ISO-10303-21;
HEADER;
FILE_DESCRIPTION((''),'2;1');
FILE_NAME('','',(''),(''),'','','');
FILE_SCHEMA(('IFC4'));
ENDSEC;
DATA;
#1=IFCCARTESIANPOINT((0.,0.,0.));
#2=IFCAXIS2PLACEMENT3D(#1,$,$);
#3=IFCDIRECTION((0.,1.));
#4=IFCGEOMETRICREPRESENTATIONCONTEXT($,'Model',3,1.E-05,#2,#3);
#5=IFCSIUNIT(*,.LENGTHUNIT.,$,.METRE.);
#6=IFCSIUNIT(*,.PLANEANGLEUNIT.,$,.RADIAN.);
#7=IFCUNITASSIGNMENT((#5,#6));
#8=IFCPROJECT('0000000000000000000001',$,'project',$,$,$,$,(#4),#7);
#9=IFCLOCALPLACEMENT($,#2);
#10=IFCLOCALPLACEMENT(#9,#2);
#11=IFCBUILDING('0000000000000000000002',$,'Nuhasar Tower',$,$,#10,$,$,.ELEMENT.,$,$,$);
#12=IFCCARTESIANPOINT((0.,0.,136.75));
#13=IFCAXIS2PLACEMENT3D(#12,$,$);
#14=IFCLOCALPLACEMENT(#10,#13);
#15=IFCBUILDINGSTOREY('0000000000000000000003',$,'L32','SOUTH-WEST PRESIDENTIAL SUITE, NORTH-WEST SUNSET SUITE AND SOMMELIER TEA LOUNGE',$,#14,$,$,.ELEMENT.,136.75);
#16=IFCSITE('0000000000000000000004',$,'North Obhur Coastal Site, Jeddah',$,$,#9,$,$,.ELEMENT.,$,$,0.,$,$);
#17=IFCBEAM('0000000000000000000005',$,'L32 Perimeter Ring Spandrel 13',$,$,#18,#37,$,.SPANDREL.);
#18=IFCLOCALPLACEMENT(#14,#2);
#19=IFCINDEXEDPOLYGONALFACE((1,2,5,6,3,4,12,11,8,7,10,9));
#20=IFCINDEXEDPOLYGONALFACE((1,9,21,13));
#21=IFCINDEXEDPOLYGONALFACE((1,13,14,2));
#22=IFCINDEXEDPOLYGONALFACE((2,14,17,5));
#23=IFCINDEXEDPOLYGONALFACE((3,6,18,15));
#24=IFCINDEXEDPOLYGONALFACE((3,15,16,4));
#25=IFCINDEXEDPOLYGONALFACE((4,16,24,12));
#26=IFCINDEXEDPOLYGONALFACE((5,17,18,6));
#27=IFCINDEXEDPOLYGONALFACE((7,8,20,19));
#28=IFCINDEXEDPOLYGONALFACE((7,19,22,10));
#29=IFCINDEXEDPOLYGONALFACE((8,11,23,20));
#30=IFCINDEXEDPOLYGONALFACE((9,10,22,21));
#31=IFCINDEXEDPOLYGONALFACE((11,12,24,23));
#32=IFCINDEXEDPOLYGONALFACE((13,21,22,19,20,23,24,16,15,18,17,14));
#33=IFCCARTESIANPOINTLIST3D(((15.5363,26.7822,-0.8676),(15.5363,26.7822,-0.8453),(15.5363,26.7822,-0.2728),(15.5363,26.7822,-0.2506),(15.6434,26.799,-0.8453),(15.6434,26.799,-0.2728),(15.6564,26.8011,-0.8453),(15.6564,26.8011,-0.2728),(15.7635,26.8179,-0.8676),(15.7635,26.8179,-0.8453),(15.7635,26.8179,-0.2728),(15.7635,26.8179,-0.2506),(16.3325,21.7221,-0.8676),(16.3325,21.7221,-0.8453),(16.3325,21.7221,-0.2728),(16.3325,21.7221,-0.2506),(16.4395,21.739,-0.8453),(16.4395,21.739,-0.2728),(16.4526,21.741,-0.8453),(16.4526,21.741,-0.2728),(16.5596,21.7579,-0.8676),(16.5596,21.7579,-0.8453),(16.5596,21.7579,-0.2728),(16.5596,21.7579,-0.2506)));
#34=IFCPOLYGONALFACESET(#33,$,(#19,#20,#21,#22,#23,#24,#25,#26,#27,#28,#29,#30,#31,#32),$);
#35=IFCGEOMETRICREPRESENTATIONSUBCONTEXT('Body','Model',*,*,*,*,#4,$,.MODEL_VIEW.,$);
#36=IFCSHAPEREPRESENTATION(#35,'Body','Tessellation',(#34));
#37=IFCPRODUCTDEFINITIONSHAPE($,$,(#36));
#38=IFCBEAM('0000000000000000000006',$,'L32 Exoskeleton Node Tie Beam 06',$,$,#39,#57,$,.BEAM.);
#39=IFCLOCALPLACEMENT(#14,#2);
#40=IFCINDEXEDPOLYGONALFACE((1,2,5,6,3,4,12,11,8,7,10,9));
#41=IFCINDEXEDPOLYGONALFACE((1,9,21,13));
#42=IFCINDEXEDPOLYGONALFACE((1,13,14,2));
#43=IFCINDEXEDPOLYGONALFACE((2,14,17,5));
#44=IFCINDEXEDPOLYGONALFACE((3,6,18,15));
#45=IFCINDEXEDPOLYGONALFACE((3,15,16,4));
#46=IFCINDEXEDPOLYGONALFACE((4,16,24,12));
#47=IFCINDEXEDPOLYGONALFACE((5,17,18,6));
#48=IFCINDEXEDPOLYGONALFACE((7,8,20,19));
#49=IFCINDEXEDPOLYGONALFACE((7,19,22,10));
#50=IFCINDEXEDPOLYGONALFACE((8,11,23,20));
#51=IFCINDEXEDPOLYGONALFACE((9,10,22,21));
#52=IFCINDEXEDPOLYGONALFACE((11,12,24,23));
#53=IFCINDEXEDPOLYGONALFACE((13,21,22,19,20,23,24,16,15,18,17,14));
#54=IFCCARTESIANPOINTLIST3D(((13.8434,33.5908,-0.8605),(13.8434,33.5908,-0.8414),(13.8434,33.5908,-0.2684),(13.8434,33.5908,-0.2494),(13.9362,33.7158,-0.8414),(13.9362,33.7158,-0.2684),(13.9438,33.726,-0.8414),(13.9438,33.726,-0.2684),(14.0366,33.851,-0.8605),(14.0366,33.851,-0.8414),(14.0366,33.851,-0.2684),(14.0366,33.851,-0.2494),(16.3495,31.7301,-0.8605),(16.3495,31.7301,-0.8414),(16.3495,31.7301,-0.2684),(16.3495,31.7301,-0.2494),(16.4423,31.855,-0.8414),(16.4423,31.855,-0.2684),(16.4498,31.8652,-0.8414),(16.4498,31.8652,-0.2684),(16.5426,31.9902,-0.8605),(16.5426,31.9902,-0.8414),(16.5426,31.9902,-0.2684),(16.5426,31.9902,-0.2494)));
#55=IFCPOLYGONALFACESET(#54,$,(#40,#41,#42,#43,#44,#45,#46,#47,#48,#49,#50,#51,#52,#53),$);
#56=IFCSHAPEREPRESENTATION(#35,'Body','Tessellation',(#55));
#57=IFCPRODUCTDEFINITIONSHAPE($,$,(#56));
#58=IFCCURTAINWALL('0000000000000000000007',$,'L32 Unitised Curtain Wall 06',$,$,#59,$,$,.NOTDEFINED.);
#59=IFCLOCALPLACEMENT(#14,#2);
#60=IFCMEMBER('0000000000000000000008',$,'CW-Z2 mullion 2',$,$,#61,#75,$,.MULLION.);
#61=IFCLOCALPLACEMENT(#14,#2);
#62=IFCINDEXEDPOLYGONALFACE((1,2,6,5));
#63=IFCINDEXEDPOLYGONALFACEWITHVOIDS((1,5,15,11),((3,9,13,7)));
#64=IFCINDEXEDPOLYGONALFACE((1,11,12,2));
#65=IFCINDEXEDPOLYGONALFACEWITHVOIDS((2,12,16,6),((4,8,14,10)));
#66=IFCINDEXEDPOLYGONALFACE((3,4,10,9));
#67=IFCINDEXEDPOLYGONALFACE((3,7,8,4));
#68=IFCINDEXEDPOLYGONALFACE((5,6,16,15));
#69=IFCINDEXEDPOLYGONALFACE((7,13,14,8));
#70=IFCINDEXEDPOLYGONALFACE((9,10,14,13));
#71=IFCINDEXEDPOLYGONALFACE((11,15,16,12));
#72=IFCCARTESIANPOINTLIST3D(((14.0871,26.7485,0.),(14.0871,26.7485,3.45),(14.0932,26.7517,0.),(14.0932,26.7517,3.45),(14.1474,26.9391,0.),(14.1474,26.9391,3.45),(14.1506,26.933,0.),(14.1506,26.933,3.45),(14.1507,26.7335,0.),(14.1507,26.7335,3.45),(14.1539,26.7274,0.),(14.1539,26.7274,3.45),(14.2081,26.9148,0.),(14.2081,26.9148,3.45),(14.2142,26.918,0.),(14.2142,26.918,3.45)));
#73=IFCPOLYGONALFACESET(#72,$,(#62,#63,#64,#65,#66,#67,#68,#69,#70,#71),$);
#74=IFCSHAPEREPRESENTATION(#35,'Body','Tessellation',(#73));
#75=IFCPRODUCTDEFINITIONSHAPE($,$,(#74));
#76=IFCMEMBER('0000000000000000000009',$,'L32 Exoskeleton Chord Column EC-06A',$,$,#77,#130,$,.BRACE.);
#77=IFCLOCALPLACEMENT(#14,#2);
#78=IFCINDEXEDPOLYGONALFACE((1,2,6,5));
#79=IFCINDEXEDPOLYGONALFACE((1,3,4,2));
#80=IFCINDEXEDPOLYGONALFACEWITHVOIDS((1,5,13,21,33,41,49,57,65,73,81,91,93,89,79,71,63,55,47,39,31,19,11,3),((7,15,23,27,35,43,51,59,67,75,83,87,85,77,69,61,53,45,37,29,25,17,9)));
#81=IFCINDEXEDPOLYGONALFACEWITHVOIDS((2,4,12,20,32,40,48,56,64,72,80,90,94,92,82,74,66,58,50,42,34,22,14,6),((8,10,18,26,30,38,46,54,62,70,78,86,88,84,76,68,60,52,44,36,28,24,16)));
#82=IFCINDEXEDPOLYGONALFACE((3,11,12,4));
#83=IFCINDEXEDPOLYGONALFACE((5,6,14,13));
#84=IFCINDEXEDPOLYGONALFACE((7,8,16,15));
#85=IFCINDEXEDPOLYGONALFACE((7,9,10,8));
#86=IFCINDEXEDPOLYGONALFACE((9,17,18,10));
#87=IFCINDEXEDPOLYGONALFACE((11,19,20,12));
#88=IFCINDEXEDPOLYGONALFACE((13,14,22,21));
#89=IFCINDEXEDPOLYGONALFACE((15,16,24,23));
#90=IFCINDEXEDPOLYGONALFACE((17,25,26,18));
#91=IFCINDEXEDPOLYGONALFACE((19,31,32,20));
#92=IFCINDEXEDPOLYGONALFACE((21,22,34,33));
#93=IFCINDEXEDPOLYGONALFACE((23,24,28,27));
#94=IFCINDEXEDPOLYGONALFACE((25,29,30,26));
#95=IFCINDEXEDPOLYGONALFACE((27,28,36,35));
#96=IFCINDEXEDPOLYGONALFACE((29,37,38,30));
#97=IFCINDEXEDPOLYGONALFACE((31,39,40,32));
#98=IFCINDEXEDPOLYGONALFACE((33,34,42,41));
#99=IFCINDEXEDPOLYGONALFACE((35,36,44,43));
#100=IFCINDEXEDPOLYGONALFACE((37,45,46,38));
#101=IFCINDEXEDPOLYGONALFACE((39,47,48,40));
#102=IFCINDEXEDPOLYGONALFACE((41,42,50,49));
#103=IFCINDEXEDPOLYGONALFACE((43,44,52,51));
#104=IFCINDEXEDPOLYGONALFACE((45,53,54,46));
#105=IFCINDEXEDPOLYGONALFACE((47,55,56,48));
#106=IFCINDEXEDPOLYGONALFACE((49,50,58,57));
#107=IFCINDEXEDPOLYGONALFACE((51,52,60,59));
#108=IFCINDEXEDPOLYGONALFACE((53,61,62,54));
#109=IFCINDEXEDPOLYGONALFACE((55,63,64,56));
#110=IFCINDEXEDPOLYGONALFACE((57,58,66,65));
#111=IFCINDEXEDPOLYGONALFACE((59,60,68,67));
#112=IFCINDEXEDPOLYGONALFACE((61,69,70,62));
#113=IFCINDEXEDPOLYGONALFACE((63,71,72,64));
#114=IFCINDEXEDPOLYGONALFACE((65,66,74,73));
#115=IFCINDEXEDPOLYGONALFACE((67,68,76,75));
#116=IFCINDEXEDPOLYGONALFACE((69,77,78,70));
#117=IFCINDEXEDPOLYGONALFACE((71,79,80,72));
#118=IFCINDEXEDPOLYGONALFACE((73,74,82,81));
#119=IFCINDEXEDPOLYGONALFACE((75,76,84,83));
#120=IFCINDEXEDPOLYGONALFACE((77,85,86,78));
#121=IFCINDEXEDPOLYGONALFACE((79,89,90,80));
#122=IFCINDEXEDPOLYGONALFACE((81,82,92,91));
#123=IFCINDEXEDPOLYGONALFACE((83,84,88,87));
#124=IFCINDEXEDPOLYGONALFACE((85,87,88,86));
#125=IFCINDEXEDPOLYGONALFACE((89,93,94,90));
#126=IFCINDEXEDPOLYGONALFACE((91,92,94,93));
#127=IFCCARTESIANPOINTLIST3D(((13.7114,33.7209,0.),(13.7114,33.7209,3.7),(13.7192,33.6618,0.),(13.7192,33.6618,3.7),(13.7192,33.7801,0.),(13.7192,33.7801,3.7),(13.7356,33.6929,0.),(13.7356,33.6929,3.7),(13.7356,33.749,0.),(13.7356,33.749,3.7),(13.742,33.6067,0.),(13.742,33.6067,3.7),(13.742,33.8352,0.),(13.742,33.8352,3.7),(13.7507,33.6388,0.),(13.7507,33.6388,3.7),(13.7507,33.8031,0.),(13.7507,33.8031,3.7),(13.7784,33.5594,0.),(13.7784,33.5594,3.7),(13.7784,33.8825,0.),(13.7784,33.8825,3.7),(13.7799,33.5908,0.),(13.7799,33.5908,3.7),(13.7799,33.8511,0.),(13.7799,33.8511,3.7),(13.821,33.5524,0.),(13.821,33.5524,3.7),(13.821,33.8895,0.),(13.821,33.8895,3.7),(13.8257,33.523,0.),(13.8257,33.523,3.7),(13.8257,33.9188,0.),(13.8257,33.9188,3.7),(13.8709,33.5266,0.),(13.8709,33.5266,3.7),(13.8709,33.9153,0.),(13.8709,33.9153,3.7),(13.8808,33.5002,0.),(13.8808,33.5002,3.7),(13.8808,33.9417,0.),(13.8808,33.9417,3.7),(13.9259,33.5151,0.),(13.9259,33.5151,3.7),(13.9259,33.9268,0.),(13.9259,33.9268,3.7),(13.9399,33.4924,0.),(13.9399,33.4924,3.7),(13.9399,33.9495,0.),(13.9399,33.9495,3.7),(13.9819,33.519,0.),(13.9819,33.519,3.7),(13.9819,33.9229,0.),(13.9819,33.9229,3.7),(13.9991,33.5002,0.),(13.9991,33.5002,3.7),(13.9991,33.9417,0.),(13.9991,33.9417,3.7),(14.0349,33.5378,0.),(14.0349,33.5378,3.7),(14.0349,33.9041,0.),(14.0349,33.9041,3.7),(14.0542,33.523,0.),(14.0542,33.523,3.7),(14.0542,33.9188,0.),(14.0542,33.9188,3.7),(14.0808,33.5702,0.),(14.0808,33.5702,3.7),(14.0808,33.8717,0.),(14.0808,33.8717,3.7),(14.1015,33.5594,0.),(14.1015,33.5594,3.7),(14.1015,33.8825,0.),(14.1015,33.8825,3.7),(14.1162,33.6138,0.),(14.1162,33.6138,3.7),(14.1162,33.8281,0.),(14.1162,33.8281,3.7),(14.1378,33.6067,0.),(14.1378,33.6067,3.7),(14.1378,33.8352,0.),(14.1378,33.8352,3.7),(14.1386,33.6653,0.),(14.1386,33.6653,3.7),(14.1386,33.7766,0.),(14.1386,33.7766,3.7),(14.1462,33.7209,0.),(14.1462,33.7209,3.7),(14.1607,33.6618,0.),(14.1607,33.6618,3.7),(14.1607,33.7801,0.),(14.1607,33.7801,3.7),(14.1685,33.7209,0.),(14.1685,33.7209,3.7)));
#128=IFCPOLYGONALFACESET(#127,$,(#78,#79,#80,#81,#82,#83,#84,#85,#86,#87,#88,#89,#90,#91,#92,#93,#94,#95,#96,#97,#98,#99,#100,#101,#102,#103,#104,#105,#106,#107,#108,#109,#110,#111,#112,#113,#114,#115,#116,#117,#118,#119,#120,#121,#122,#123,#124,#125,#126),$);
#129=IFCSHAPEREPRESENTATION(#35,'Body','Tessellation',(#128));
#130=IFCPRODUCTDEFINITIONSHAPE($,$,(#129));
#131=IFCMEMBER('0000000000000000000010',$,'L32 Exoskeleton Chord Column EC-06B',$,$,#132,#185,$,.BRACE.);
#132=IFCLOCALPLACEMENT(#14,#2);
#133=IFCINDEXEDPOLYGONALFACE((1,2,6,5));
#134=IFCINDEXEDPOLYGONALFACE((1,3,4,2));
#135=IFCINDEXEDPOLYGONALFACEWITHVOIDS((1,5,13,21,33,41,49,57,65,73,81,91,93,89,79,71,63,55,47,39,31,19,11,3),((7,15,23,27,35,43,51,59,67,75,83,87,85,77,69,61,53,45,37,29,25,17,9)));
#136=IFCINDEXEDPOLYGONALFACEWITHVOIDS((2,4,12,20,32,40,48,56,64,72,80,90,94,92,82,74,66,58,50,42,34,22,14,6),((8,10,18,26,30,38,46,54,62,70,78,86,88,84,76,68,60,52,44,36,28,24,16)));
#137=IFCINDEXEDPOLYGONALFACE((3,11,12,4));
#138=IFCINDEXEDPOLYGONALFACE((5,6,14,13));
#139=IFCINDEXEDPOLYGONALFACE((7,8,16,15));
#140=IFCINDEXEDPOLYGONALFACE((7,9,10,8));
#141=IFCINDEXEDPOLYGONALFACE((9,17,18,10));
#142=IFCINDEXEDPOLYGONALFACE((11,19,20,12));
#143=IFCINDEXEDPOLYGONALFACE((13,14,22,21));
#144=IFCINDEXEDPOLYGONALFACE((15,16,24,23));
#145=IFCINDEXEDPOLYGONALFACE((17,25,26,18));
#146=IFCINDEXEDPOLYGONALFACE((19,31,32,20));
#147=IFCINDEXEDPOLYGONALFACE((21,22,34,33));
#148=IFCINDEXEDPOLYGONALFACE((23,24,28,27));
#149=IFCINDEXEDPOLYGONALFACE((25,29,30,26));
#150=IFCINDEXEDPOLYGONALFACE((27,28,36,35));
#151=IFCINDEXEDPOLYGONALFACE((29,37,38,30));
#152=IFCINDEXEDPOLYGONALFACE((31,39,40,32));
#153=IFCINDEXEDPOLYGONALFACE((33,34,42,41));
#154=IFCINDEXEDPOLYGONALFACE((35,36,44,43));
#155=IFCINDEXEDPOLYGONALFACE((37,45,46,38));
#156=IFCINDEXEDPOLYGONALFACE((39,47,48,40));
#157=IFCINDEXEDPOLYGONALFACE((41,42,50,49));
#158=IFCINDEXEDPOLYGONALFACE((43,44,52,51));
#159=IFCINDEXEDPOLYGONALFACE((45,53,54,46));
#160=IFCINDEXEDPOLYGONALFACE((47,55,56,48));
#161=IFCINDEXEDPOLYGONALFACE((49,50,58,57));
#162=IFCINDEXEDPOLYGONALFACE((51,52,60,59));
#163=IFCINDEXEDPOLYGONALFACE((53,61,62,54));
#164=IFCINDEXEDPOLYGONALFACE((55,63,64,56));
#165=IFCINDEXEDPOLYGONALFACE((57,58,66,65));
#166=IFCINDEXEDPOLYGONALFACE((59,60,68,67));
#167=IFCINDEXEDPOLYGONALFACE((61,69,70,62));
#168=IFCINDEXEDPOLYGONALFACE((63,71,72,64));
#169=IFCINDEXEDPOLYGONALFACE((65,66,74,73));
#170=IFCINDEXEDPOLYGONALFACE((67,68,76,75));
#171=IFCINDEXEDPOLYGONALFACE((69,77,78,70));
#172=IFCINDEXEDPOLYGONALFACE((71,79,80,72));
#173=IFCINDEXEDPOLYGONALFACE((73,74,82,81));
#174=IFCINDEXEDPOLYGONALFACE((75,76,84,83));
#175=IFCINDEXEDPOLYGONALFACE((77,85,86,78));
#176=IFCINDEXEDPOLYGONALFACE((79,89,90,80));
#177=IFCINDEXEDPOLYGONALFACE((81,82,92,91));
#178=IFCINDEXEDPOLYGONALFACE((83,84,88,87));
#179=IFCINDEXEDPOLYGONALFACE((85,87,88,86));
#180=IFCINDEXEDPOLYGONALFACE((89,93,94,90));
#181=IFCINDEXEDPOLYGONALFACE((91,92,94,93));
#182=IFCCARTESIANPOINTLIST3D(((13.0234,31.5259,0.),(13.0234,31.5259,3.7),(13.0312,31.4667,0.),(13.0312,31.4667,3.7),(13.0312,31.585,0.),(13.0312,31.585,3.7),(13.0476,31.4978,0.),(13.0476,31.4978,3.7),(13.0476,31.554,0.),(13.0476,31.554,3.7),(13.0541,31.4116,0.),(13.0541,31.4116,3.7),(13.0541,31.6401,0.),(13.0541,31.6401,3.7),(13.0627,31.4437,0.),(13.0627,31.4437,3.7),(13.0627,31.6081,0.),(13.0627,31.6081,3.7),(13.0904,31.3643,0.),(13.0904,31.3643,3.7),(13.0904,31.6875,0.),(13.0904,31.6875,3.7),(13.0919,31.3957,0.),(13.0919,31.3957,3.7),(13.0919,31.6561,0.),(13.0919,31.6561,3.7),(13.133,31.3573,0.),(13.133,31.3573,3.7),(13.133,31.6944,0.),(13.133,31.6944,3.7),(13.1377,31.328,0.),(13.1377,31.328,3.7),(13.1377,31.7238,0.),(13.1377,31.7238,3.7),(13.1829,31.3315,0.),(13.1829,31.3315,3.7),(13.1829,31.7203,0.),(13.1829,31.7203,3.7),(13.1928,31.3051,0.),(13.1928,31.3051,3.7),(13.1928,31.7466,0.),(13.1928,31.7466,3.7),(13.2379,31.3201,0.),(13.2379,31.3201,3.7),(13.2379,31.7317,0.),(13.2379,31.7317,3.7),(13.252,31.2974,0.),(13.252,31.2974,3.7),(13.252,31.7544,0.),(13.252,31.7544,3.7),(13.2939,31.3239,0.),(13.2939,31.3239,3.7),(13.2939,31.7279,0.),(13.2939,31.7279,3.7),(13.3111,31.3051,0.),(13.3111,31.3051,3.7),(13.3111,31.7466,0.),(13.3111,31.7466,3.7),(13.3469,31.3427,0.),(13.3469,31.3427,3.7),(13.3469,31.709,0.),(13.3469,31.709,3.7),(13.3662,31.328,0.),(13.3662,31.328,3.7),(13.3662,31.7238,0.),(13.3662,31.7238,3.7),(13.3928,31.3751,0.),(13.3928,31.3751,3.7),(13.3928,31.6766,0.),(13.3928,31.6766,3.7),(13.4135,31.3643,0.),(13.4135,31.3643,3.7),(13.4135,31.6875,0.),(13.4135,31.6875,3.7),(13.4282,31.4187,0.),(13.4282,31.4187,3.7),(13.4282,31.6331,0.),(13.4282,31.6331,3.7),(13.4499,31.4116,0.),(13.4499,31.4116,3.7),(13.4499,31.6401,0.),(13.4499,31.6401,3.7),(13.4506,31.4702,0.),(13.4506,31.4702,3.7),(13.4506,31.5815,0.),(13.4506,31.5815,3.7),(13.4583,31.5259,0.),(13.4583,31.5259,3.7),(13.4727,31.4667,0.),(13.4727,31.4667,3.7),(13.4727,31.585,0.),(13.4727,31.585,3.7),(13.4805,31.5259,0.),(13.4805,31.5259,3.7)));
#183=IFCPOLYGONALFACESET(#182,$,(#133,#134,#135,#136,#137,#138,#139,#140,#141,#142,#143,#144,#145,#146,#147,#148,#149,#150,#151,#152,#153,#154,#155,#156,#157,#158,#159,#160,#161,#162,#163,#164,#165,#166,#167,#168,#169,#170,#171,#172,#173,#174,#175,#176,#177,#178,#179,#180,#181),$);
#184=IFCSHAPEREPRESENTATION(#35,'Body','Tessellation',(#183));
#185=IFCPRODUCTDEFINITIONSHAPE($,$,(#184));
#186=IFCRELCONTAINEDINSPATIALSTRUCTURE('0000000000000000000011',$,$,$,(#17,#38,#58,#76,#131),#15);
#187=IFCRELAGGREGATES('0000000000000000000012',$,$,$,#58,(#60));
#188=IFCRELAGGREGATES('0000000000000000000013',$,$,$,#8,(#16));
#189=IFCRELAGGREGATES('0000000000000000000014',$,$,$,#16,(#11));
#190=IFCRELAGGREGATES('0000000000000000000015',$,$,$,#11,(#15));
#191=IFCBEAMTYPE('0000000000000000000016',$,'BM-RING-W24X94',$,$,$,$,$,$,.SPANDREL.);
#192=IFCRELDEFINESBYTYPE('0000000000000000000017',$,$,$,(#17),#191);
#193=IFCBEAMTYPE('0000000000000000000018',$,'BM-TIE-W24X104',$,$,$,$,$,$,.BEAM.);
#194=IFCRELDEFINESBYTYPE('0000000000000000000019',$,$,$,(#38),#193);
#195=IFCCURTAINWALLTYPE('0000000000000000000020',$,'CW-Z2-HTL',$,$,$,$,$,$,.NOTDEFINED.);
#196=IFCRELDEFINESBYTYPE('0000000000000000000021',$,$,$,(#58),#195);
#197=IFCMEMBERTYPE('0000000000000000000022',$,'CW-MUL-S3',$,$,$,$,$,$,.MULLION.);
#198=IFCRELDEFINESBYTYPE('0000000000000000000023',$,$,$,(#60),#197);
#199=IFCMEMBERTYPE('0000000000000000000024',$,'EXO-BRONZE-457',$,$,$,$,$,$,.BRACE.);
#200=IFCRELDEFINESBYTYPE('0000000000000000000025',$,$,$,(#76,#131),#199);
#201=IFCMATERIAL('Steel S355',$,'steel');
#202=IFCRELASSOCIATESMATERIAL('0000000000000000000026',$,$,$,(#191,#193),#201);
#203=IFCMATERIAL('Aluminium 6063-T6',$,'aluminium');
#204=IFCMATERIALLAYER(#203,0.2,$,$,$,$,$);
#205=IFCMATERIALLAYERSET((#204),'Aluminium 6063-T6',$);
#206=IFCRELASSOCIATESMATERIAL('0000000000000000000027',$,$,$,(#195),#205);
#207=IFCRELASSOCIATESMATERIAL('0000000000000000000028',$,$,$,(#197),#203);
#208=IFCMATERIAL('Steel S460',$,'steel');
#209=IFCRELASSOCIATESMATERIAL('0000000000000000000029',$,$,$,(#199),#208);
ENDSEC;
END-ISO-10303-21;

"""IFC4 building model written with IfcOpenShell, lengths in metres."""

from ifc_helpers import new_model, si_unit, direction, frame, origin, origin_2d, place, context, subcontext, project, spatial, hollow_rectangle, hollow_circle, i_section, extrude, material, layer, layer_set, material_profile, profile_set, type_object, element, aggregate, save


model = new_model("IFC4")

# Units and contexts
model_context = context("Model", 3, precision=1e-05, world=origin(), true_north=direction((0.0, 1.0)))
body_context = subcontext(model_context, "Body", "Model", "MODEL_VIEW")
ifc_project = project(units=[si_unit("LENGTHUNIT", "METRE"), si_unit("PLANEANGLEUNIT", "RADIAN")], contexts=[model_context])

# Site, building, storey
site_placement = place(None, origin())
site = spatial("IfcSite", under=ifc_project, at=site_placement, Name="North Obhur Coastal Site, Jeddah", CompositionType="ELEMENT", RefElevation=0.0)
building_placement = place(site_placement, origin())
building = spatial("IfcBuilding", under=site, at=building_placement, Name="Nuhasar Tower", CompositionType="ELEMENT")
storey_placement = place(building_placement, frame((0.0, 0.0, 136.75)))
storey = spatial("IfcBuildingStorey", under=building, at=storey_placement, Name="L32", Description="SOUTH-WEST PRESIDENTIAL SUITE, NORTH-WEST SUNSET SUITE AND SOMMELIER TEA LOUNGE", CompositionType="ELEMENT", Elevation=136.75)

# Beams
ifc_material_1 = material(Name="Steel S355", Category="steel")
ifc_material_profile_1 = material_profile(ifc_material_1, i_section(OverallWidth=0.23, OverallDepth=0.6169, WebThickness=0.0132, FlangeThickness=0.0222, at=origin_2d()), Name="W24X94")
ifc_profile_set_1 = profile_set([ifc_material_profile_1], Name="Steel S355")
beam_type_1 = type_object("IfcBeamType", Name="BM-RING-W24X94", PredefinedType="SPANDREL", material=ifc_profile_set_1)
for number, where, z_axis, x_axis, name in (
    (1, (15.6499, 26.8, -0.5591), (0.155427, -0.987847, 0.0), (0.987847, 0.155427, 0.0), "L32 Perimeter Ring Spandrel 13"),
):
    element("IfcBeam", number, at=place(storey_placement, frame(where, z_axis=z_axis, x_axis=x_axis)), inside=storey, type_object=beam_type_1, Name=name, PredefinedType="SPANDREL", context=body_context, shape_type="SweptSolid", body=[
        extrude(i_section(OverallWidth=0.23, OverallDepth=0.6169, WebThickness=0.0132, FlangeThickness=0.0222, at=origin_2d()), origin(), (0.0, 0.0, 1.0), 5.1223),
    ])
ifc_material_profile_2 = material_profile(ifc_material_1, i_section(OverallWidth=0.324, OverallDepth=0.6111, WebThickness=0.0127, FlangeThickness=0.019, at=origin_2d()), Name="W24X104")
ifc_profile_set_2 = profile_set([ifc_material_profile_2], Name="Steel S355")
beam_type_2 = type_object("IfcBeamType", Name="BM-TIE-W24X104", PredefinedType="BEAM", material=ifc_profile_set_2)
beam_1_placement = place(storey_placement, frame((16.446, 31.8601, -0.5549), z_axis=(-0.802872, 0.596151, 0.0), x_axis=(-0.596151, -0.802872, 0.0)))
element("IfcBeam", 2, at=beam_1_placement, inside=storey, type_object=beam_type_2, Name="L32 Exoskeleton Node Tie Beam 06", PredefinedType="BEAM", context=body_context, shape_type="SweptSolid", body=[
    extrude(i_section(OverallWidth=0.324, OverallDepth=0.6111, WebThickness=0.0127, FlangeThickness=0.019, at=origin_2d()), origin(), (0.0, 0.0, 1.0), 3.1213),
])

# Curtain wall, member
ifc_material_2 = material(Name="Aluminium 6063-T6", Category="aluminium")
ifc_layer_1 = layer(ifc_material_2, 0.2)
ifc_layer_set_1 = layer_set([ifc_layer_1], Name="Aluminium 6063-T6")
curtain_wall_type = type_object("IfcCurtainWallType", Name="CW-Z2-HTL", PredefinedType="NOTDEFINED", material=ifc_layer_set_1)
curtain_wall_placement = place(storey_placement, origin())
curtain_wall = element("IfcCurtainWall", 3, at=curtain_wall_placement, inside=storey, type_object=curtain_wall_type, Name="L32 Unitised Curtain Wall 06", PredefinedType="NOTDEFINED")
ifc_material_profile_3 = material_profile(ifc_material_2, hollow_rectangle(XDim=0.0701, YDim=0.2, WallThickness=0.0049, at=origin_2d()), Name="CWM-3")
ifc_profile_set_3 = profile_set([ifc_material_profile_3], Name="Aluminium 6063-T6")
member_type_1 = type_object("IfcMemberType", Name="CW-MUL-S3", PredefinedType="MULLION", material=ifc_profile_set_3)
member_1_placement = place(storey_placement, frame((14.1506, 26.8333, 0.0), z_axis=(0.0, 0.0, 1.0), x_axis=(0.953433, -0.301604, 0.0)))
member_1 = element("IfcMember", 4, at=member_1_placement, type_object=member_type_1, Name="CW-Z2 mullion 2", PredefinedType="MULLION", context=body_context, shape_type="SweptSolid", body=[
    extrude(hollow_rectangle(XDim=0.0701, YDim=0.2, WallThickness=0.0049, at=origin_2d()), origin(), (0.0, 0.0, 1.0), 3.45),
])

# Members
ifc_material_3 = material(Name="Steel S460", Category="steel")
ifc_material_profile_4 = material_profile(ifc_material_3, hollow_circle(Radius=0.2285, WallThickness=0.0222, at=origin_2d()), Name="HSS457X22.2")
ifc_profile_set_4 = profile_set([ifc_material_profile_4], Name="Steel S460")
member_type_2 = type_object("IfcMemberType", Name="EXO-BRONZE-457", PredefinedType="BRACE", material=ifc_profile_set_4)
for number, where, z_axis, x_axis, name in (
    (5, (13.9399, 33.7209, 0.0), (0.0, 0.0, 1.0), (1.0, 0.0, 0.0), "L32 Exoskeleton Chord Column EC-06A"),
    (6, (13.252, 31.5259, 0.0), (0.0, 0.0, 1.0), (1.0, 0.0, 0.0), "L32 Exoskeleton Chord Column EC-06B"),
):
    element("IfcMember", number, at=place(storey_placement, frame(where, z_axis=z_axis, x_axis=x_axis)), inside=storey, type_object=member_type_2, Name=name, PredefinedType="BRACE", context=body_context, shape_type="SweptSolid", body=[
        extrude(hollow_circle(Radius=0.2285, WallThickness=0.0222, at=origin_2d()), origin(), (0.0, 0.0, 1.0), 3.7),
    ])

aggregate(curtain_wall, [member_1])

save(model, "model.ifc")
